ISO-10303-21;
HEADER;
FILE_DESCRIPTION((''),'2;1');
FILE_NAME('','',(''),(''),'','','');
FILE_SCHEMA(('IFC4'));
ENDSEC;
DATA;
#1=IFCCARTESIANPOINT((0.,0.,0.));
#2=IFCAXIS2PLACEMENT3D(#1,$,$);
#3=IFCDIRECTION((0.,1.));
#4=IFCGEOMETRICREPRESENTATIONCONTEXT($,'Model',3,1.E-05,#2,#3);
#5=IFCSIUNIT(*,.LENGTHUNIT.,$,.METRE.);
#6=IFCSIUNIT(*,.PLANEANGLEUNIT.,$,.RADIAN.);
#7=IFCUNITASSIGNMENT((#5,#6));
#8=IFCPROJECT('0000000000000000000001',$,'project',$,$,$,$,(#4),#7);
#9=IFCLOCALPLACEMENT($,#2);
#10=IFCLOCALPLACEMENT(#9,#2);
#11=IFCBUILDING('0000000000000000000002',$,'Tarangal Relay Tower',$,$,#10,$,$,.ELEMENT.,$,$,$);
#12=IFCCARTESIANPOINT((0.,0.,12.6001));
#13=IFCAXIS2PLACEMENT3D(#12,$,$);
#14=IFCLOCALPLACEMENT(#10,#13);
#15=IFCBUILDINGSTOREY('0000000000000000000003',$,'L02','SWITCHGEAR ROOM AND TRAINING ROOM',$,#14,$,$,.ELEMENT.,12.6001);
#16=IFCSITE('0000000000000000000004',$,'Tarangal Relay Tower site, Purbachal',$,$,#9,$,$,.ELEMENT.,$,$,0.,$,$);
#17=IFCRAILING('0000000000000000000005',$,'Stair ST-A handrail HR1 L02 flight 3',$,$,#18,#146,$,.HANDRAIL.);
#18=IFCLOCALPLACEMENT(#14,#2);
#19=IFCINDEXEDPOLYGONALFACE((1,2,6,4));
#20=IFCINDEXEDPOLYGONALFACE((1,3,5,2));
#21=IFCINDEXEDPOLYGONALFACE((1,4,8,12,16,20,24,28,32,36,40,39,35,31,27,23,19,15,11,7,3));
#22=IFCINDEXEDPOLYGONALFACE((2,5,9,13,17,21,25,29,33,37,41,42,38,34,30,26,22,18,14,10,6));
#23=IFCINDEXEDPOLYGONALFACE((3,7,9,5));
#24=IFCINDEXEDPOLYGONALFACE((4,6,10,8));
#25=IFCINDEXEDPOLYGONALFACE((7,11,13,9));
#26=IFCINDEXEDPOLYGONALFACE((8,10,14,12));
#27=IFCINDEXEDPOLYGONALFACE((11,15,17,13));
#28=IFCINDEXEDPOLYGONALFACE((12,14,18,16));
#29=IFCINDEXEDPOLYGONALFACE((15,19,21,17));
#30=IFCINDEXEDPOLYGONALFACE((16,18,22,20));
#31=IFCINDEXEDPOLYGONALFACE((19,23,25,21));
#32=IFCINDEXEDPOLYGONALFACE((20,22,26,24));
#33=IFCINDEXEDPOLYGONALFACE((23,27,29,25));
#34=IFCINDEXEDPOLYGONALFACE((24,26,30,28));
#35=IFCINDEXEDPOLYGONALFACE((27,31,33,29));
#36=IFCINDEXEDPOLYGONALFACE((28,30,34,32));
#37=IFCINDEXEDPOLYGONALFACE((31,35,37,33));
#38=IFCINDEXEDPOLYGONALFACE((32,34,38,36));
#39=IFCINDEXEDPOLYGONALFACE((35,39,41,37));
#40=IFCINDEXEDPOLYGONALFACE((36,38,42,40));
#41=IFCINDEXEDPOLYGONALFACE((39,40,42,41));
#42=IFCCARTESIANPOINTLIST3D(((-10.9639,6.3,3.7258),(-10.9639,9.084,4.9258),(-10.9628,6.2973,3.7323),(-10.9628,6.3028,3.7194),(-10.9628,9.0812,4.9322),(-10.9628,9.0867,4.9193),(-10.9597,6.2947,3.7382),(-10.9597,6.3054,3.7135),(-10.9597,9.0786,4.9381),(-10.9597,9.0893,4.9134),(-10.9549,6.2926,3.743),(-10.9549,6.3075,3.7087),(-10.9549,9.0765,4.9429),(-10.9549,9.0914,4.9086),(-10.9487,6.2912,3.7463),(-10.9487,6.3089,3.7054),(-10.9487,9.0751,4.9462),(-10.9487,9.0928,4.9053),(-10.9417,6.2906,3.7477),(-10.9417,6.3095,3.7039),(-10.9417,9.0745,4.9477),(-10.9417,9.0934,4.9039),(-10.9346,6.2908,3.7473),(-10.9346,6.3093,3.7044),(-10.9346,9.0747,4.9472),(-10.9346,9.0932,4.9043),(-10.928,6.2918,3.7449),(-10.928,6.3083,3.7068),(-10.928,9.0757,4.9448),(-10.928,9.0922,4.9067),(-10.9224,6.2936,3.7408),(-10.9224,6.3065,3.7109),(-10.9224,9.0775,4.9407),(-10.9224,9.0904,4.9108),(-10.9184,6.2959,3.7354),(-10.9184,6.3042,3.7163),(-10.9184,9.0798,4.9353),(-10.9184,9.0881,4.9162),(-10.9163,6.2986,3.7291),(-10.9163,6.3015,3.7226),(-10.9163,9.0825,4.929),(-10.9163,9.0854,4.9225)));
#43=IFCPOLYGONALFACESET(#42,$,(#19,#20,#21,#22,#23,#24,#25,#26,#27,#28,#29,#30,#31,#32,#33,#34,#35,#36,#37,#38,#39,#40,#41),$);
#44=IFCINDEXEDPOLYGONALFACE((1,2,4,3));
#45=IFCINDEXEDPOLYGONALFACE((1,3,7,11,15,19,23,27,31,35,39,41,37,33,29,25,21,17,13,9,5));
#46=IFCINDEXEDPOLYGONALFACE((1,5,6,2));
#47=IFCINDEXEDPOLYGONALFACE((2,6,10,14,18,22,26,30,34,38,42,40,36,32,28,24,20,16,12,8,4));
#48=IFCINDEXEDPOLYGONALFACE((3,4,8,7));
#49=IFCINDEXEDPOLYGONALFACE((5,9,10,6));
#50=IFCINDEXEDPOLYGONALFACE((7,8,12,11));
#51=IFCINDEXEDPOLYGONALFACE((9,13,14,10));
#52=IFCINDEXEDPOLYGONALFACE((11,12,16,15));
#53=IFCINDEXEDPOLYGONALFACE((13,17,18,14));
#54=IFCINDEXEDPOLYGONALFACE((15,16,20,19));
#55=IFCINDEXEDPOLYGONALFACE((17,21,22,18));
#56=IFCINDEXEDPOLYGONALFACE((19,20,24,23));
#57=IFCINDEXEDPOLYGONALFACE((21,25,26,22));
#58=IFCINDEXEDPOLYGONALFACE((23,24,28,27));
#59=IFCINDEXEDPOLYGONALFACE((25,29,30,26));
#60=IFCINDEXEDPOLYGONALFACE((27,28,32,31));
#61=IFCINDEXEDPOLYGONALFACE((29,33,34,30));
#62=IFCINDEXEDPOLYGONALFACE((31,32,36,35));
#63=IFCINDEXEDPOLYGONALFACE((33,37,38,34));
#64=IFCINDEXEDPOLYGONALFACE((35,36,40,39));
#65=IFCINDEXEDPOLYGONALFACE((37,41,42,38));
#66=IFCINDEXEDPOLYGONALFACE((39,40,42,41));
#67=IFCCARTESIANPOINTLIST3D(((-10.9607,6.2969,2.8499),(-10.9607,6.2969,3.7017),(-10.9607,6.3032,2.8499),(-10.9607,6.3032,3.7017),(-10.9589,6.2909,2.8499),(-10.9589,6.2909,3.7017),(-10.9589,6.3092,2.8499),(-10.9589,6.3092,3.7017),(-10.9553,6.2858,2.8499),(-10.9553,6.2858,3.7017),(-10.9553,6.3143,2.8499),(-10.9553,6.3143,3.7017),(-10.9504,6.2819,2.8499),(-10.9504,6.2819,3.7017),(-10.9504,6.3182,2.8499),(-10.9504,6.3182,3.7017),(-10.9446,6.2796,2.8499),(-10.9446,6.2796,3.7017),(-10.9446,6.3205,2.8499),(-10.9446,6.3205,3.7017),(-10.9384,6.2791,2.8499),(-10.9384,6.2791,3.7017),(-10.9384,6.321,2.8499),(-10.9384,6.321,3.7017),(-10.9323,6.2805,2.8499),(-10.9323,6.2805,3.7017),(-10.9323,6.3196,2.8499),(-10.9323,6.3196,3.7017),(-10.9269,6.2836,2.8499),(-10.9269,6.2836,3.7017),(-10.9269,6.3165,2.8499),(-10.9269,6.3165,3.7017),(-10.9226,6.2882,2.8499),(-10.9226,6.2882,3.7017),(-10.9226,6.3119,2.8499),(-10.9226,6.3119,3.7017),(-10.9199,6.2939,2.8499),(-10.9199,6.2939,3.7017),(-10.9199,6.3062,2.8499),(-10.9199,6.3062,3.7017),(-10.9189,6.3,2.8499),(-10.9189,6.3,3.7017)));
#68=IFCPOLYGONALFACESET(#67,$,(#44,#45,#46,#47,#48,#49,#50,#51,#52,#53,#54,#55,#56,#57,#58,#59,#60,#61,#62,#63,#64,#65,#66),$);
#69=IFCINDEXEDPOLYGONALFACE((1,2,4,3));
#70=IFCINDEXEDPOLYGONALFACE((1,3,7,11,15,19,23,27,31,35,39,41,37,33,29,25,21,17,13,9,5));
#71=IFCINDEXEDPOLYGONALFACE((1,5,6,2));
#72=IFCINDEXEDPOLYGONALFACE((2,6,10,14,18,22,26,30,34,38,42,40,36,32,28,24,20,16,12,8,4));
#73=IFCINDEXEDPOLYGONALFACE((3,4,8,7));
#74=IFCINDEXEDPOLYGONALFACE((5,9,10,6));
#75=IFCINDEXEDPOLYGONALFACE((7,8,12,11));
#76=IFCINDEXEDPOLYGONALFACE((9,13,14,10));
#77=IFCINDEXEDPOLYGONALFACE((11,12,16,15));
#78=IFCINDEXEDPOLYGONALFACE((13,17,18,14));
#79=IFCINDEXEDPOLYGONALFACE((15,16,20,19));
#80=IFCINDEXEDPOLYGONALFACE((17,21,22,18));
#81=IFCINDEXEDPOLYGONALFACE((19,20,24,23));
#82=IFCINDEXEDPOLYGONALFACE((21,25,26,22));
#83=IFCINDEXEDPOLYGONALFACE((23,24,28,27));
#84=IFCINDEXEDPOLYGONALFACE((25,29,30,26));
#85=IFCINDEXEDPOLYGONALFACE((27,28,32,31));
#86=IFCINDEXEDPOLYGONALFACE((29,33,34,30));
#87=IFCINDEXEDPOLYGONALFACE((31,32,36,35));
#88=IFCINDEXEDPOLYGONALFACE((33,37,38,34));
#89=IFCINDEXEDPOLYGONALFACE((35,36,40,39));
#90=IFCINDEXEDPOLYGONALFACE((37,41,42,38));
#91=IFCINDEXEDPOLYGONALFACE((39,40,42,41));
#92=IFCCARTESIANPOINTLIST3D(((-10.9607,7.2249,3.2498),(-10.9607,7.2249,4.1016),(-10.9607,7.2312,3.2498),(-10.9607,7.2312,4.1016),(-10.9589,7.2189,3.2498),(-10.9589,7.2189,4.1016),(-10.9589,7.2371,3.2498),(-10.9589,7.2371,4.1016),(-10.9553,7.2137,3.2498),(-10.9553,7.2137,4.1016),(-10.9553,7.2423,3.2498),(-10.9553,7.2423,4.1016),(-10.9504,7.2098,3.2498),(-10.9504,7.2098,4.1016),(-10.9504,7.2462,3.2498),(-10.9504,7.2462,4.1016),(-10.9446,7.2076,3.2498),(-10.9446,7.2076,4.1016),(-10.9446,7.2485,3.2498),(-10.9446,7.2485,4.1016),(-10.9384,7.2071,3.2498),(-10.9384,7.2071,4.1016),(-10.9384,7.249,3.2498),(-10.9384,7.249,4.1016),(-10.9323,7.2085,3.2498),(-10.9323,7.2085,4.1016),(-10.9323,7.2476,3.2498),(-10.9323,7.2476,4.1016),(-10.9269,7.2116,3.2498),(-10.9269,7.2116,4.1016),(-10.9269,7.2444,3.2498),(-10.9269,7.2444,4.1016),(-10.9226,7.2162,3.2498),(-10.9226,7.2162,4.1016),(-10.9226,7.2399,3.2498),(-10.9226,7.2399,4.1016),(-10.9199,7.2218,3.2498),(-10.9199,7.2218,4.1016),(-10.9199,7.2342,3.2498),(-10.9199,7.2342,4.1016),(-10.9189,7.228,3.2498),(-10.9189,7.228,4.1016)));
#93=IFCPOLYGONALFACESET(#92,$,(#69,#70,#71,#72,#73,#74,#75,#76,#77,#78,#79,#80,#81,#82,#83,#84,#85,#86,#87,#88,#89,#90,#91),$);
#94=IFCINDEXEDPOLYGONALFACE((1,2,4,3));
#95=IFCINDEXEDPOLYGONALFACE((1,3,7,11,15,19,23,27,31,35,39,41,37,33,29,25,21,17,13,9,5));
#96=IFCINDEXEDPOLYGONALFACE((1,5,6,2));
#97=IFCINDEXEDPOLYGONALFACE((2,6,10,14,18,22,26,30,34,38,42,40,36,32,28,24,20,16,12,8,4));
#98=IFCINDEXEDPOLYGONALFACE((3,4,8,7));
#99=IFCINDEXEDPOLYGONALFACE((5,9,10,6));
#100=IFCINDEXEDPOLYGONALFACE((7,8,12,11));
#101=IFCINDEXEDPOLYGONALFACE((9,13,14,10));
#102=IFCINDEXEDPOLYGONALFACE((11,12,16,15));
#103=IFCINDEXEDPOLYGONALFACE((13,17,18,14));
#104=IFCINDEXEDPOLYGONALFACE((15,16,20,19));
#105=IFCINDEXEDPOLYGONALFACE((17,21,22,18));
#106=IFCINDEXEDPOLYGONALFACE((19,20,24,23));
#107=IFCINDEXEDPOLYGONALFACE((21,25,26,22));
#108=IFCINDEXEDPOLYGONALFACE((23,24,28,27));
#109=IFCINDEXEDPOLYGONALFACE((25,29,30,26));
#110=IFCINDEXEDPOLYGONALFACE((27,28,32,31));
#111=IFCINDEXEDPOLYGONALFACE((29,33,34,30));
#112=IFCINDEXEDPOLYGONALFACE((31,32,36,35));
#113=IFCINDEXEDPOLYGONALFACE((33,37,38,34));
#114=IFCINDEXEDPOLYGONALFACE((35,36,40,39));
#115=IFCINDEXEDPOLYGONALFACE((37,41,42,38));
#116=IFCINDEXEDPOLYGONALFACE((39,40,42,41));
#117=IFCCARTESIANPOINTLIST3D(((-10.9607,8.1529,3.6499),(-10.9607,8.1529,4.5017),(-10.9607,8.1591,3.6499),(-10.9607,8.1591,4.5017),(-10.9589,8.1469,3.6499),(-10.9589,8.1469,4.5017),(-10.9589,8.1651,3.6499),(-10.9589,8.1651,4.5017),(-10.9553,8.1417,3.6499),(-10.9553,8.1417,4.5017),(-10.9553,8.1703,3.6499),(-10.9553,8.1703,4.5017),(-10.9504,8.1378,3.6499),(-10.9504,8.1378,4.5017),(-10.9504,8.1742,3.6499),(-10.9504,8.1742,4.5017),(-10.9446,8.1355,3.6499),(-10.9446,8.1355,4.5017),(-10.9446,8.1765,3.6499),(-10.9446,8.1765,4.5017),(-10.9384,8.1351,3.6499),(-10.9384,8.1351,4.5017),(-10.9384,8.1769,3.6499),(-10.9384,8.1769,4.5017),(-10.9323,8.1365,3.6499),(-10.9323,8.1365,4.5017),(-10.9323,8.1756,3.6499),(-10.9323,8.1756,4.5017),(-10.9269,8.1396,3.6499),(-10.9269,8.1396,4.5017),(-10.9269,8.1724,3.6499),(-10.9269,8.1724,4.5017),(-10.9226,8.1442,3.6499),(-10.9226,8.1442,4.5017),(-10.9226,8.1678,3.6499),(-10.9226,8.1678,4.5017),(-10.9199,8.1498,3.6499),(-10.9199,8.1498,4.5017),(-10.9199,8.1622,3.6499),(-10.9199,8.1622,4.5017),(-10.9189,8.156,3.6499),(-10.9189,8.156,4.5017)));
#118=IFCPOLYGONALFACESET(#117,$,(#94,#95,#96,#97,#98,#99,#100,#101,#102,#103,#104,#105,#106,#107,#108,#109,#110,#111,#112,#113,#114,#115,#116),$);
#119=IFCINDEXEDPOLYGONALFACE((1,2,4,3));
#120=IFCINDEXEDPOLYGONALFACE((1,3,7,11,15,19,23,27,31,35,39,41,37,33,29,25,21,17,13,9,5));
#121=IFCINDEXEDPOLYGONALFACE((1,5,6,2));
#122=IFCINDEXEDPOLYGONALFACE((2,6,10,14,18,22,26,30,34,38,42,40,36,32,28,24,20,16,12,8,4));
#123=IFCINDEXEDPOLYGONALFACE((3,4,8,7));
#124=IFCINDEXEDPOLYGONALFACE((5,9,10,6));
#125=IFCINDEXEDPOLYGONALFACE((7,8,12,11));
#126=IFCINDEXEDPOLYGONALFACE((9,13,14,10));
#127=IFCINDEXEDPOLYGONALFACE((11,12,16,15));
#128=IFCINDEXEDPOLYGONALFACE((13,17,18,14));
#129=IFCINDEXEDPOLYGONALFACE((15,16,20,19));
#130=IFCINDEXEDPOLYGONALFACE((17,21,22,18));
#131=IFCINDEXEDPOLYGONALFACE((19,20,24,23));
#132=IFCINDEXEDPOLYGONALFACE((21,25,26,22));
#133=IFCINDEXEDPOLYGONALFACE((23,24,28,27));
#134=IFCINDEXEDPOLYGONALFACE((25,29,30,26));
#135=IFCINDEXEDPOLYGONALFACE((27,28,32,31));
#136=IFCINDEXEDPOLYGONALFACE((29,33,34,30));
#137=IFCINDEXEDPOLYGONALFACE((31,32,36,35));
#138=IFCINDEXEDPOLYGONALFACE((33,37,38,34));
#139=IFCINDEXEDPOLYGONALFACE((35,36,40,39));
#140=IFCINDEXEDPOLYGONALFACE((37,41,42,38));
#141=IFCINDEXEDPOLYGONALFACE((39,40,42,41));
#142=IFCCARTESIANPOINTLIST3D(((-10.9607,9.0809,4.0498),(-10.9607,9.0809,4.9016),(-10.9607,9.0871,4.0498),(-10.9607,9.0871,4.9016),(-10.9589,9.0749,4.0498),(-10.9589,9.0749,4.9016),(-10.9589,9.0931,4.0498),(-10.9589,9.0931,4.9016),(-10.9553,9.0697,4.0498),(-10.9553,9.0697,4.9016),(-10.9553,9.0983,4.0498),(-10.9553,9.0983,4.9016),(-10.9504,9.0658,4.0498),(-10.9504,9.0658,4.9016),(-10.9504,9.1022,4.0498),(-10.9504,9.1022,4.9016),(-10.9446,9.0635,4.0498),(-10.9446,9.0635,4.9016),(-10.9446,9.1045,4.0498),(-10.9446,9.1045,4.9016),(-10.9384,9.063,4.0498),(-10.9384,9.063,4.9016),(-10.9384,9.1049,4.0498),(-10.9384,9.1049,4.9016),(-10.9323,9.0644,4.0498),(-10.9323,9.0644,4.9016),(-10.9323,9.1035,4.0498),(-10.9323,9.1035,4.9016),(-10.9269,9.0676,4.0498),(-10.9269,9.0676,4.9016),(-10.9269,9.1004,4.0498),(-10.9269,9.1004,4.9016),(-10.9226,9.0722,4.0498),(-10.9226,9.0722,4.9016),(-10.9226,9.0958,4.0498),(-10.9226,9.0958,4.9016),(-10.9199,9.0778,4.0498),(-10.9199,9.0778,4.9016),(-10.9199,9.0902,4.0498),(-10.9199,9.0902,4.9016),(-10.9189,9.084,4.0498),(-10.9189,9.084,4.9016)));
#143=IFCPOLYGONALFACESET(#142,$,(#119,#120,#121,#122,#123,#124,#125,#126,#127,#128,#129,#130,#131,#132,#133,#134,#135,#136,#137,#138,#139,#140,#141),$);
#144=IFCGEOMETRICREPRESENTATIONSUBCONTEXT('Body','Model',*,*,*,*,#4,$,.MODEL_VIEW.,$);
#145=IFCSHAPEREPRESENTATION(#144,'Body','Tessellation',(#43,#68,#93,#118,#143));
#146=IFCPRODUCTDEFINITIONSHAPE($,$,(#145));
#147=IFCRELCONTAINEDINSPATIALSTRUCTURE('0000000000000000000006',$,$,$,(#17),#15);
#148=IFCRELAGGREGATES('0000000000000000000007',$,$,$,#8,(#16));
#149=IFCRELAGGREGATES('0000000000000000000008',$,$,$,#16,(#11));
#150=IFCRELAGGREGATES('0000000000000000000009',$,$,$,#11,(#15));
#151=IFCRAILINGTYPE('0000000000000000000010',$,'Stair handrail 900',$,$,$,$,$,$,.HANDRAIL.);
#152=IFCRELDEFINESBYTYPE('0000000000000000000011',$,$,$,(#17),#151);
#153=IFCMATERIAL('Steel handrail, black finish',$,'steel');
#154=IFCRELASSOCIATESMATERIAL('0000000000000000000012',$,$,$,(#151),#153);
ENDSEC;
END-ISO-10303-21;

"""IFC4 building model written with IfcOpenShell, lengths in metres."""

from ifc_helpers import new_model, si_unit, direction, frame, origin, origin_2d, place, context, subcontext, project, spatial, circle, extrude, material, type_object, element, save


model = new_model("IFC4")

# Units and contexts
model_context = context("Model", 3, precision=1e-05, world=origin(), true_north=direction((0.0, 1.0)))
body_context = subcontext(model_context, "Body", "Model", "MODEL_VIEW")
ifc_project = project(units=[si_unit("LENGTHUNIT", "METRE"), si_unit("PLANEANGLEUNIT", "RADIAN")], contexts=[model_context])

# Site, building, storey
site_placement = place(None, origin())
site = spatial("IfcSite", under=ifc_project, at=site_placement, Name="Tarangal Relay Tower site, Purbachal", CompositionType="ELEMENT", RefElevation=0.0)
building_placement = place(site_placement, origin())
building = spatial("IfcBuilding", under=site, at=building_placement, Name="Tarangal Relay Tower", CompositionType="ELEMENT")
storey_placement = place(building_placement, frame((0.0, 0.0, 12.6001)))
storey = spatial("IfcBuildingStorey", under=building, at=storey_placement, Name="L02", Description="SWITCHGEAR ROOM AND TRAINING ROOM", CompositionType="ELEMENT", Elevation=12.6001)

# Railing
ifc_material_1 = material(Name="Steel handrail, black finish", Category="steel")
railing_type_1 = type_object("IfcRailingType", Name="Stair handrail 900", PredefinedType="HANDRAIL", material=ifc_material_1)
for number, where, name in (
    (1, (-10.9399, 6.3, 2.8499), "Stair ST-A handrail HR1 L02 flight 3"),
):
    element("IfcRailing", number, at=place(storey_placement, frame(where)), inside=storey, type_object=railing_type_1, Name=name, PredefinedType="HANDRAIL", context=body_context, shape_type="SweptSolid", body=[
        extrude(circle(Radius=0.0239, at=origin_2d()), frame((0.0, 0.0, 0.876), z_axis=(0.0, 0.918327, 0.395823), x_axis=(-1.0, 0.0, 0.0)), (0.0, 0.0, 1.0), 3.0315),
        extrude(circle(Radius=0.021, at=origin_2d()), origin(), (0.0, 0.0, 1.0), 0.8518),
        extrude(circle(Radius=0.021, at=origin_2d()), frame((0.0, 0.928, 0.3999)), (0.0, 0.0, 1.0), 0.8518),
        extrude(circle(Radius=0.021, at=origin_2d()), frame((0.0, 1.856, 0.8)), (0.0, 0.0, 1.0), 0.8518),
        extrude(circle(Radius=0.021, at=origin_2d()), frame((0.0, 2.7839, 1.2)), (0.0, 0.0, 1.0), 0.8518),
    ])

save(model, "model.ifc")
